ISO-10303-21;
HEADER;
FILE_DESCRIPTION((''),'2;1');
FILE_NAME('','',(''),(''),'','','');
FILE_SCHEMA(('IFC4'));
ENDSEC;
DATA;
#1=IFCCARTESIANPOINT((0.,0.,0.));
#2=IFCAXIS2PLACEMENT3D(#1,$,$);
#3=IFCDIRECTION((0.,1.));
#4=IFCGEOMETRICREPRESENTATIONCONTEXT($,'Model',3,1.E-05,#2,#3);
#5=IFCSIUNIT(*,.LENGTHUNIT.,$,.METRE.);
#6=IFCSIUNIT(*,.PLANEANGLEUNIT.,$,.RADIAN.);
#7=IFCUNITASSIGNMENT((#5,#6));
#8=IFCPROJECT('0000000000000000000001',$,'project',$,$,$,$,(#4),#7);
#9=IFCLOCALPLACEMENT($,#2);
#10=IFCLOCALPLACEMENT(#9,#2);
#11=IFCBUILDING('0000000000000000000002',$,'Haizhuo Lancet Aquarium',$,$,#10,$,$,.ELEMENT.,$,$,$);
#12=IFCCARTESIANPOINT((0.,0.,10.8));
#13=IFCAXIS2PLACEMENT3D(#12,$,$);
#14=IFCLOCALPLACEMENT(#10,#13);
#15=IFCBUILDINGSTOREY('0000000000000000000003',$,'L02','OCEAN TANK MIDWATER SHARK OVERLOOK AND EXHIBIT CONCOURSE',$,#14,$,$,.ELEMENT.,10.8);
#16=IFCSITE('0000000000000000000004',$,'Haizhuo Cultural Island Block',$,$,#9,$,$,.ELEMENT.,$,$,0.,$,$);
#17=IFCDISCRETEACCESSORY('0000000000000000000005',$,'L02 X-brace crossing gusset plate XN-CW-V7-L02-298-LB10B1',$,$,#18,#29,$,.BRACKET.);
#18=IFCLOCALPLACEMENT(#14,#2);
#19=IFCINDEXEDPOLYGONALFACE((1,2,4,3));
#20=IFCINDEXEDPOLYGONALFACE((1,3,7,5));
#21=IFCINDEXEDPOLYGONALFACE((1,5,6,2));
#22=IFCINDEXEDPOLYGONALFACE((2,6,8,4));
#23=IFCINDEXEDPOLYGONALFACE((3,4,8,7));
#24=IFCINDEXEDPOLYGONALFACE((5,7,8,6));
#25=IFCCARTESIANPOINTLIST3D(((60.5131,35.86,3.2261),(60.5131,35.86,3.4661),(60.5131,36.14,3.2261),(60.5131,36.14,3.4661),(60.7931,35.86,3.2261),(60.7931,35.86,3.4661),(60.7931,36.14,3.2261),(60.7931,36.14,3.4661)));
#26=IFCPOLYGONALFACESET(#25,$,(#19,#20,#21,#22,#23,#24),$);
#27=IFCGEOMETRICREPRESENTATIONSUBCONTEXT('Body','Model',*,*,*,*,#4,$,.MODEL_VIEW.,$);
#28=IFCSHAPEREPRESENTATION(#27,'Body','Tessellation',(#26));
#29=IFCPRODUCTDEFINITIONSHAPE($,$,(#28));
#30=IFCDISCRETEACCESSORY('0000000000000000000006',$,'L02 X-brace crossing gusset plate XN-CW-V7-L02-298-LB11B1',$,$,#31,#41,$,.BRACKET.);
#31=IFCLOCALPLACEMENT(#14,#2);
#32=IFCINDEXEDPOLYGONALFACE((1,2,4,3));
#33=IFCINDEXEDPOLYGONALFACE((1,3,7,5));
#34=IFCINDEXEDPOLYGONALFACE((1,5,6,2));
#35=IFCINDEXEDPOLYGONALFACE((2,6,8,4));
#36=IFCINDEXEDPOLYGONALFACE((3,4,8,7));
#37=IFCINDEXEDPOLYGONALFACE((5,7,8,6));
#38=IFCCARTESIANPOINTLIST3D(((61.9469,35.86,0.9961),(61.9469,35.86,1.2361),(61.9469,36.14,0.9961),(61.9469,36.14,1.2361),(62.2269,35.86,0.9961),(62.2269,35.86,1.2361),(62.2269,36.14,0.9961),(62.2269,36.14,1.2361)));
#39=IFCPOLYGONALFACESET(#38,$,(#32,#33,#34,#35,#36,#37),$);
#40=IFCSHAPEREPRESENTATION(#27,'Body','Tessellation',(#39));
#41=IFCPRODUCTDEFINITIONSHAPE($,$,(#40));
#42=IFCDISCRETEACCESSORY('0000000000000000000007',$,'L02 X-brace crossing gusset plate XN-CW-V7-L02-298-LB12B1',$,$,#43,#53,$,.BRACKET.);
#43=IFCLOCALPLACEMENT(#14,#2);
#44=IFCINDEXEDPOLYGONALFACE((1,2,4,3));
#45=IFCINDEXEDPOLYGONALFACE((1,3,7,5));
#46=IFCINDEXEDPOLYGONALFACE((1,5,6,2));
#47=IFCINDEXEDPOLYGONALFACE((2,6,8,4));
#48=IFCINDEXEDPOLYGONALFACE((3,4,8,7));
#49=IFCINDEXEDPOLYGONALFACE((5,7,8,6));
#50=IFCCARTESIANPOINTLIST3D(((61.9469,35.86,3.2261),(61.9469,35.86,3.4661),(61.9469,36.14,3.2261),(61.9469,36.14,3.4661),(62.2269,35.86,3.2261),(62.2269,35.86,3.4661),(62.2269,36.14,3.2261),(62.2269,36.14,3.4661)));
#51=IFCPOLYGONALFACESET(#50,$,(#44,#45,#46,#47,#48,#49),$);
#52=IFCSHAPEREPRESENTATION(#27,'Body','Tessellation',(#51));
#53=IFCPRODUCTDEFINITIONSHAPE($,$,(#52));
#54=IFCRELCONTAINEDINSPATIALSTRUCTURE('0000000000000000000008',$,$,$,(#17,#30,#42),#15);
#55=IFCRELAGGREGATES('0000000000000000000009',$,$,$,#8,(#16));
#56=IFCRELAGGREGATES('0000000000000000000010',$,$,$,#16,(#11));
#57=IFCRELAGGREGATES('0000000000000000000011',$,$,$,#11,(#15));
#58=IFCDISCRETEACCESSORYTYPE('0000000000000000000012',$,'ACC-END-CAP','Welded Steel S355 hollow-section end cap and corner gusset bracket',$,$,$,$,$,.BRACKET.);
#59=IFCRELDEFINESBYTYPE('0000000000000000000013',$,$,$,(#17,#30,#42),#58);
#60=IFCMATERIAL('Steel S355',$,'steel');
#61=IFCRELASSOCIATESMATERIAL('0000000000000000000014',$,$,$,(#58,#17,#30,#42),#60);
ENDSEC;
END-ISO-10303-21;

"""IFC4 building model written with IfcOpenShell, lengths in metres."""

from ifc_helpers import new_model, si_unit, direction, frame, origin, origin_2d, place, context, subcontext, project, spatial, rectangle, extrude, material, type_object, element, save


model = new_model("IFC4")

# Units and contexts
model_context = context("Model", 3, precision=1e-05, world=origin(), true_north=direction((0.0, 1.0)))
body_context = subcontext(model_context, "Body", "Model", "MODEL_VIEW")
ifc_project = project(units=[si_unit("LENGTHUNIT", "METRE"), si_unit("PLANEANGLEUNIT", "RADIAN")], contexts=[model_context])

# Site, building, storey
site_placement = place(None, origin())
site = spatial("IfcSite", under=ifc_project, at=site_placement, Name="Haizhuo Cultural Island Block", CompositionType="ELEMENT", RefElevation=0.0)
building_placement = place(site_placement, origin())
building = spatial("IfcBuilding", under=site, at=building_placement, Name="Haizhuo Lancet Aquarium", CompositionType="ELEMENT")
storey_placement = place(building_placement, frame((0.0, 0.0, 10.8)))
storey = spatial("IfcBuildingStorey", under=building, at=storey_placement, Name="L02", Description="OCEAN TANK MIDWATER SHARK OVERLOOK AND EXHIBIT CONCOURSE", CompositionType="ELEMENT", Elevation=10.8)

# Shared definitions
ifc_material_1 = material(Name="Steel S355", Category="steel")

# Discrete accessories
discrete_accessory_type = type_object("IfcDiscreteAccessoryType", Name="ACC-END-CAP", Description="Welded Steel S355 hollow-section end cap and corner gusset bracket", PredefinedType="BRACKET", material=ifc_material_1)
for number, where, z_axis, x_axis, name in (
    (1, (60.6531, 36.0, 3.2261), (0.0, 0.0, 1.0), (1.0, 0.0, 0.0), "L02 X-brace crossing gusset plate XN-CW-V7-L02-298-LB10B1"),
    (2, (62.0869, 36.0, 0.9961), (0.0, 0.0, 1.0), (1.0, 0.0, 0.0), "L02 X-brace crossing gusset plate XN-CW-V7-L02-298-LB11B1"),
    (3, (62.0869, 36.0, 3.2261), (0.0, 0.0, 1.0), (1.0, 0.0, 0.0), "L02 X-brace crossing gusset plate XN-CW-V7-L02-298-LB12B1"),
):
    element("IfcDiscreteAccessory", number, at=place(storey_placement, frame(where, z_axis=z_axis, x_axis=x_axis)), inside=storey, type_object=discrete_accessory_type, material=ifc_material_1, Name=name, PredefinedType="BRACKET", context=body_context, shape_type="SweptSolid", body=[
        extrude(rectangle(XDim=0.28, YDim=0.28, at=origin_2d()), origin(), (0.0, 0.0, 1.0), 0.24),
    ])

save(model, "model.ifc")
